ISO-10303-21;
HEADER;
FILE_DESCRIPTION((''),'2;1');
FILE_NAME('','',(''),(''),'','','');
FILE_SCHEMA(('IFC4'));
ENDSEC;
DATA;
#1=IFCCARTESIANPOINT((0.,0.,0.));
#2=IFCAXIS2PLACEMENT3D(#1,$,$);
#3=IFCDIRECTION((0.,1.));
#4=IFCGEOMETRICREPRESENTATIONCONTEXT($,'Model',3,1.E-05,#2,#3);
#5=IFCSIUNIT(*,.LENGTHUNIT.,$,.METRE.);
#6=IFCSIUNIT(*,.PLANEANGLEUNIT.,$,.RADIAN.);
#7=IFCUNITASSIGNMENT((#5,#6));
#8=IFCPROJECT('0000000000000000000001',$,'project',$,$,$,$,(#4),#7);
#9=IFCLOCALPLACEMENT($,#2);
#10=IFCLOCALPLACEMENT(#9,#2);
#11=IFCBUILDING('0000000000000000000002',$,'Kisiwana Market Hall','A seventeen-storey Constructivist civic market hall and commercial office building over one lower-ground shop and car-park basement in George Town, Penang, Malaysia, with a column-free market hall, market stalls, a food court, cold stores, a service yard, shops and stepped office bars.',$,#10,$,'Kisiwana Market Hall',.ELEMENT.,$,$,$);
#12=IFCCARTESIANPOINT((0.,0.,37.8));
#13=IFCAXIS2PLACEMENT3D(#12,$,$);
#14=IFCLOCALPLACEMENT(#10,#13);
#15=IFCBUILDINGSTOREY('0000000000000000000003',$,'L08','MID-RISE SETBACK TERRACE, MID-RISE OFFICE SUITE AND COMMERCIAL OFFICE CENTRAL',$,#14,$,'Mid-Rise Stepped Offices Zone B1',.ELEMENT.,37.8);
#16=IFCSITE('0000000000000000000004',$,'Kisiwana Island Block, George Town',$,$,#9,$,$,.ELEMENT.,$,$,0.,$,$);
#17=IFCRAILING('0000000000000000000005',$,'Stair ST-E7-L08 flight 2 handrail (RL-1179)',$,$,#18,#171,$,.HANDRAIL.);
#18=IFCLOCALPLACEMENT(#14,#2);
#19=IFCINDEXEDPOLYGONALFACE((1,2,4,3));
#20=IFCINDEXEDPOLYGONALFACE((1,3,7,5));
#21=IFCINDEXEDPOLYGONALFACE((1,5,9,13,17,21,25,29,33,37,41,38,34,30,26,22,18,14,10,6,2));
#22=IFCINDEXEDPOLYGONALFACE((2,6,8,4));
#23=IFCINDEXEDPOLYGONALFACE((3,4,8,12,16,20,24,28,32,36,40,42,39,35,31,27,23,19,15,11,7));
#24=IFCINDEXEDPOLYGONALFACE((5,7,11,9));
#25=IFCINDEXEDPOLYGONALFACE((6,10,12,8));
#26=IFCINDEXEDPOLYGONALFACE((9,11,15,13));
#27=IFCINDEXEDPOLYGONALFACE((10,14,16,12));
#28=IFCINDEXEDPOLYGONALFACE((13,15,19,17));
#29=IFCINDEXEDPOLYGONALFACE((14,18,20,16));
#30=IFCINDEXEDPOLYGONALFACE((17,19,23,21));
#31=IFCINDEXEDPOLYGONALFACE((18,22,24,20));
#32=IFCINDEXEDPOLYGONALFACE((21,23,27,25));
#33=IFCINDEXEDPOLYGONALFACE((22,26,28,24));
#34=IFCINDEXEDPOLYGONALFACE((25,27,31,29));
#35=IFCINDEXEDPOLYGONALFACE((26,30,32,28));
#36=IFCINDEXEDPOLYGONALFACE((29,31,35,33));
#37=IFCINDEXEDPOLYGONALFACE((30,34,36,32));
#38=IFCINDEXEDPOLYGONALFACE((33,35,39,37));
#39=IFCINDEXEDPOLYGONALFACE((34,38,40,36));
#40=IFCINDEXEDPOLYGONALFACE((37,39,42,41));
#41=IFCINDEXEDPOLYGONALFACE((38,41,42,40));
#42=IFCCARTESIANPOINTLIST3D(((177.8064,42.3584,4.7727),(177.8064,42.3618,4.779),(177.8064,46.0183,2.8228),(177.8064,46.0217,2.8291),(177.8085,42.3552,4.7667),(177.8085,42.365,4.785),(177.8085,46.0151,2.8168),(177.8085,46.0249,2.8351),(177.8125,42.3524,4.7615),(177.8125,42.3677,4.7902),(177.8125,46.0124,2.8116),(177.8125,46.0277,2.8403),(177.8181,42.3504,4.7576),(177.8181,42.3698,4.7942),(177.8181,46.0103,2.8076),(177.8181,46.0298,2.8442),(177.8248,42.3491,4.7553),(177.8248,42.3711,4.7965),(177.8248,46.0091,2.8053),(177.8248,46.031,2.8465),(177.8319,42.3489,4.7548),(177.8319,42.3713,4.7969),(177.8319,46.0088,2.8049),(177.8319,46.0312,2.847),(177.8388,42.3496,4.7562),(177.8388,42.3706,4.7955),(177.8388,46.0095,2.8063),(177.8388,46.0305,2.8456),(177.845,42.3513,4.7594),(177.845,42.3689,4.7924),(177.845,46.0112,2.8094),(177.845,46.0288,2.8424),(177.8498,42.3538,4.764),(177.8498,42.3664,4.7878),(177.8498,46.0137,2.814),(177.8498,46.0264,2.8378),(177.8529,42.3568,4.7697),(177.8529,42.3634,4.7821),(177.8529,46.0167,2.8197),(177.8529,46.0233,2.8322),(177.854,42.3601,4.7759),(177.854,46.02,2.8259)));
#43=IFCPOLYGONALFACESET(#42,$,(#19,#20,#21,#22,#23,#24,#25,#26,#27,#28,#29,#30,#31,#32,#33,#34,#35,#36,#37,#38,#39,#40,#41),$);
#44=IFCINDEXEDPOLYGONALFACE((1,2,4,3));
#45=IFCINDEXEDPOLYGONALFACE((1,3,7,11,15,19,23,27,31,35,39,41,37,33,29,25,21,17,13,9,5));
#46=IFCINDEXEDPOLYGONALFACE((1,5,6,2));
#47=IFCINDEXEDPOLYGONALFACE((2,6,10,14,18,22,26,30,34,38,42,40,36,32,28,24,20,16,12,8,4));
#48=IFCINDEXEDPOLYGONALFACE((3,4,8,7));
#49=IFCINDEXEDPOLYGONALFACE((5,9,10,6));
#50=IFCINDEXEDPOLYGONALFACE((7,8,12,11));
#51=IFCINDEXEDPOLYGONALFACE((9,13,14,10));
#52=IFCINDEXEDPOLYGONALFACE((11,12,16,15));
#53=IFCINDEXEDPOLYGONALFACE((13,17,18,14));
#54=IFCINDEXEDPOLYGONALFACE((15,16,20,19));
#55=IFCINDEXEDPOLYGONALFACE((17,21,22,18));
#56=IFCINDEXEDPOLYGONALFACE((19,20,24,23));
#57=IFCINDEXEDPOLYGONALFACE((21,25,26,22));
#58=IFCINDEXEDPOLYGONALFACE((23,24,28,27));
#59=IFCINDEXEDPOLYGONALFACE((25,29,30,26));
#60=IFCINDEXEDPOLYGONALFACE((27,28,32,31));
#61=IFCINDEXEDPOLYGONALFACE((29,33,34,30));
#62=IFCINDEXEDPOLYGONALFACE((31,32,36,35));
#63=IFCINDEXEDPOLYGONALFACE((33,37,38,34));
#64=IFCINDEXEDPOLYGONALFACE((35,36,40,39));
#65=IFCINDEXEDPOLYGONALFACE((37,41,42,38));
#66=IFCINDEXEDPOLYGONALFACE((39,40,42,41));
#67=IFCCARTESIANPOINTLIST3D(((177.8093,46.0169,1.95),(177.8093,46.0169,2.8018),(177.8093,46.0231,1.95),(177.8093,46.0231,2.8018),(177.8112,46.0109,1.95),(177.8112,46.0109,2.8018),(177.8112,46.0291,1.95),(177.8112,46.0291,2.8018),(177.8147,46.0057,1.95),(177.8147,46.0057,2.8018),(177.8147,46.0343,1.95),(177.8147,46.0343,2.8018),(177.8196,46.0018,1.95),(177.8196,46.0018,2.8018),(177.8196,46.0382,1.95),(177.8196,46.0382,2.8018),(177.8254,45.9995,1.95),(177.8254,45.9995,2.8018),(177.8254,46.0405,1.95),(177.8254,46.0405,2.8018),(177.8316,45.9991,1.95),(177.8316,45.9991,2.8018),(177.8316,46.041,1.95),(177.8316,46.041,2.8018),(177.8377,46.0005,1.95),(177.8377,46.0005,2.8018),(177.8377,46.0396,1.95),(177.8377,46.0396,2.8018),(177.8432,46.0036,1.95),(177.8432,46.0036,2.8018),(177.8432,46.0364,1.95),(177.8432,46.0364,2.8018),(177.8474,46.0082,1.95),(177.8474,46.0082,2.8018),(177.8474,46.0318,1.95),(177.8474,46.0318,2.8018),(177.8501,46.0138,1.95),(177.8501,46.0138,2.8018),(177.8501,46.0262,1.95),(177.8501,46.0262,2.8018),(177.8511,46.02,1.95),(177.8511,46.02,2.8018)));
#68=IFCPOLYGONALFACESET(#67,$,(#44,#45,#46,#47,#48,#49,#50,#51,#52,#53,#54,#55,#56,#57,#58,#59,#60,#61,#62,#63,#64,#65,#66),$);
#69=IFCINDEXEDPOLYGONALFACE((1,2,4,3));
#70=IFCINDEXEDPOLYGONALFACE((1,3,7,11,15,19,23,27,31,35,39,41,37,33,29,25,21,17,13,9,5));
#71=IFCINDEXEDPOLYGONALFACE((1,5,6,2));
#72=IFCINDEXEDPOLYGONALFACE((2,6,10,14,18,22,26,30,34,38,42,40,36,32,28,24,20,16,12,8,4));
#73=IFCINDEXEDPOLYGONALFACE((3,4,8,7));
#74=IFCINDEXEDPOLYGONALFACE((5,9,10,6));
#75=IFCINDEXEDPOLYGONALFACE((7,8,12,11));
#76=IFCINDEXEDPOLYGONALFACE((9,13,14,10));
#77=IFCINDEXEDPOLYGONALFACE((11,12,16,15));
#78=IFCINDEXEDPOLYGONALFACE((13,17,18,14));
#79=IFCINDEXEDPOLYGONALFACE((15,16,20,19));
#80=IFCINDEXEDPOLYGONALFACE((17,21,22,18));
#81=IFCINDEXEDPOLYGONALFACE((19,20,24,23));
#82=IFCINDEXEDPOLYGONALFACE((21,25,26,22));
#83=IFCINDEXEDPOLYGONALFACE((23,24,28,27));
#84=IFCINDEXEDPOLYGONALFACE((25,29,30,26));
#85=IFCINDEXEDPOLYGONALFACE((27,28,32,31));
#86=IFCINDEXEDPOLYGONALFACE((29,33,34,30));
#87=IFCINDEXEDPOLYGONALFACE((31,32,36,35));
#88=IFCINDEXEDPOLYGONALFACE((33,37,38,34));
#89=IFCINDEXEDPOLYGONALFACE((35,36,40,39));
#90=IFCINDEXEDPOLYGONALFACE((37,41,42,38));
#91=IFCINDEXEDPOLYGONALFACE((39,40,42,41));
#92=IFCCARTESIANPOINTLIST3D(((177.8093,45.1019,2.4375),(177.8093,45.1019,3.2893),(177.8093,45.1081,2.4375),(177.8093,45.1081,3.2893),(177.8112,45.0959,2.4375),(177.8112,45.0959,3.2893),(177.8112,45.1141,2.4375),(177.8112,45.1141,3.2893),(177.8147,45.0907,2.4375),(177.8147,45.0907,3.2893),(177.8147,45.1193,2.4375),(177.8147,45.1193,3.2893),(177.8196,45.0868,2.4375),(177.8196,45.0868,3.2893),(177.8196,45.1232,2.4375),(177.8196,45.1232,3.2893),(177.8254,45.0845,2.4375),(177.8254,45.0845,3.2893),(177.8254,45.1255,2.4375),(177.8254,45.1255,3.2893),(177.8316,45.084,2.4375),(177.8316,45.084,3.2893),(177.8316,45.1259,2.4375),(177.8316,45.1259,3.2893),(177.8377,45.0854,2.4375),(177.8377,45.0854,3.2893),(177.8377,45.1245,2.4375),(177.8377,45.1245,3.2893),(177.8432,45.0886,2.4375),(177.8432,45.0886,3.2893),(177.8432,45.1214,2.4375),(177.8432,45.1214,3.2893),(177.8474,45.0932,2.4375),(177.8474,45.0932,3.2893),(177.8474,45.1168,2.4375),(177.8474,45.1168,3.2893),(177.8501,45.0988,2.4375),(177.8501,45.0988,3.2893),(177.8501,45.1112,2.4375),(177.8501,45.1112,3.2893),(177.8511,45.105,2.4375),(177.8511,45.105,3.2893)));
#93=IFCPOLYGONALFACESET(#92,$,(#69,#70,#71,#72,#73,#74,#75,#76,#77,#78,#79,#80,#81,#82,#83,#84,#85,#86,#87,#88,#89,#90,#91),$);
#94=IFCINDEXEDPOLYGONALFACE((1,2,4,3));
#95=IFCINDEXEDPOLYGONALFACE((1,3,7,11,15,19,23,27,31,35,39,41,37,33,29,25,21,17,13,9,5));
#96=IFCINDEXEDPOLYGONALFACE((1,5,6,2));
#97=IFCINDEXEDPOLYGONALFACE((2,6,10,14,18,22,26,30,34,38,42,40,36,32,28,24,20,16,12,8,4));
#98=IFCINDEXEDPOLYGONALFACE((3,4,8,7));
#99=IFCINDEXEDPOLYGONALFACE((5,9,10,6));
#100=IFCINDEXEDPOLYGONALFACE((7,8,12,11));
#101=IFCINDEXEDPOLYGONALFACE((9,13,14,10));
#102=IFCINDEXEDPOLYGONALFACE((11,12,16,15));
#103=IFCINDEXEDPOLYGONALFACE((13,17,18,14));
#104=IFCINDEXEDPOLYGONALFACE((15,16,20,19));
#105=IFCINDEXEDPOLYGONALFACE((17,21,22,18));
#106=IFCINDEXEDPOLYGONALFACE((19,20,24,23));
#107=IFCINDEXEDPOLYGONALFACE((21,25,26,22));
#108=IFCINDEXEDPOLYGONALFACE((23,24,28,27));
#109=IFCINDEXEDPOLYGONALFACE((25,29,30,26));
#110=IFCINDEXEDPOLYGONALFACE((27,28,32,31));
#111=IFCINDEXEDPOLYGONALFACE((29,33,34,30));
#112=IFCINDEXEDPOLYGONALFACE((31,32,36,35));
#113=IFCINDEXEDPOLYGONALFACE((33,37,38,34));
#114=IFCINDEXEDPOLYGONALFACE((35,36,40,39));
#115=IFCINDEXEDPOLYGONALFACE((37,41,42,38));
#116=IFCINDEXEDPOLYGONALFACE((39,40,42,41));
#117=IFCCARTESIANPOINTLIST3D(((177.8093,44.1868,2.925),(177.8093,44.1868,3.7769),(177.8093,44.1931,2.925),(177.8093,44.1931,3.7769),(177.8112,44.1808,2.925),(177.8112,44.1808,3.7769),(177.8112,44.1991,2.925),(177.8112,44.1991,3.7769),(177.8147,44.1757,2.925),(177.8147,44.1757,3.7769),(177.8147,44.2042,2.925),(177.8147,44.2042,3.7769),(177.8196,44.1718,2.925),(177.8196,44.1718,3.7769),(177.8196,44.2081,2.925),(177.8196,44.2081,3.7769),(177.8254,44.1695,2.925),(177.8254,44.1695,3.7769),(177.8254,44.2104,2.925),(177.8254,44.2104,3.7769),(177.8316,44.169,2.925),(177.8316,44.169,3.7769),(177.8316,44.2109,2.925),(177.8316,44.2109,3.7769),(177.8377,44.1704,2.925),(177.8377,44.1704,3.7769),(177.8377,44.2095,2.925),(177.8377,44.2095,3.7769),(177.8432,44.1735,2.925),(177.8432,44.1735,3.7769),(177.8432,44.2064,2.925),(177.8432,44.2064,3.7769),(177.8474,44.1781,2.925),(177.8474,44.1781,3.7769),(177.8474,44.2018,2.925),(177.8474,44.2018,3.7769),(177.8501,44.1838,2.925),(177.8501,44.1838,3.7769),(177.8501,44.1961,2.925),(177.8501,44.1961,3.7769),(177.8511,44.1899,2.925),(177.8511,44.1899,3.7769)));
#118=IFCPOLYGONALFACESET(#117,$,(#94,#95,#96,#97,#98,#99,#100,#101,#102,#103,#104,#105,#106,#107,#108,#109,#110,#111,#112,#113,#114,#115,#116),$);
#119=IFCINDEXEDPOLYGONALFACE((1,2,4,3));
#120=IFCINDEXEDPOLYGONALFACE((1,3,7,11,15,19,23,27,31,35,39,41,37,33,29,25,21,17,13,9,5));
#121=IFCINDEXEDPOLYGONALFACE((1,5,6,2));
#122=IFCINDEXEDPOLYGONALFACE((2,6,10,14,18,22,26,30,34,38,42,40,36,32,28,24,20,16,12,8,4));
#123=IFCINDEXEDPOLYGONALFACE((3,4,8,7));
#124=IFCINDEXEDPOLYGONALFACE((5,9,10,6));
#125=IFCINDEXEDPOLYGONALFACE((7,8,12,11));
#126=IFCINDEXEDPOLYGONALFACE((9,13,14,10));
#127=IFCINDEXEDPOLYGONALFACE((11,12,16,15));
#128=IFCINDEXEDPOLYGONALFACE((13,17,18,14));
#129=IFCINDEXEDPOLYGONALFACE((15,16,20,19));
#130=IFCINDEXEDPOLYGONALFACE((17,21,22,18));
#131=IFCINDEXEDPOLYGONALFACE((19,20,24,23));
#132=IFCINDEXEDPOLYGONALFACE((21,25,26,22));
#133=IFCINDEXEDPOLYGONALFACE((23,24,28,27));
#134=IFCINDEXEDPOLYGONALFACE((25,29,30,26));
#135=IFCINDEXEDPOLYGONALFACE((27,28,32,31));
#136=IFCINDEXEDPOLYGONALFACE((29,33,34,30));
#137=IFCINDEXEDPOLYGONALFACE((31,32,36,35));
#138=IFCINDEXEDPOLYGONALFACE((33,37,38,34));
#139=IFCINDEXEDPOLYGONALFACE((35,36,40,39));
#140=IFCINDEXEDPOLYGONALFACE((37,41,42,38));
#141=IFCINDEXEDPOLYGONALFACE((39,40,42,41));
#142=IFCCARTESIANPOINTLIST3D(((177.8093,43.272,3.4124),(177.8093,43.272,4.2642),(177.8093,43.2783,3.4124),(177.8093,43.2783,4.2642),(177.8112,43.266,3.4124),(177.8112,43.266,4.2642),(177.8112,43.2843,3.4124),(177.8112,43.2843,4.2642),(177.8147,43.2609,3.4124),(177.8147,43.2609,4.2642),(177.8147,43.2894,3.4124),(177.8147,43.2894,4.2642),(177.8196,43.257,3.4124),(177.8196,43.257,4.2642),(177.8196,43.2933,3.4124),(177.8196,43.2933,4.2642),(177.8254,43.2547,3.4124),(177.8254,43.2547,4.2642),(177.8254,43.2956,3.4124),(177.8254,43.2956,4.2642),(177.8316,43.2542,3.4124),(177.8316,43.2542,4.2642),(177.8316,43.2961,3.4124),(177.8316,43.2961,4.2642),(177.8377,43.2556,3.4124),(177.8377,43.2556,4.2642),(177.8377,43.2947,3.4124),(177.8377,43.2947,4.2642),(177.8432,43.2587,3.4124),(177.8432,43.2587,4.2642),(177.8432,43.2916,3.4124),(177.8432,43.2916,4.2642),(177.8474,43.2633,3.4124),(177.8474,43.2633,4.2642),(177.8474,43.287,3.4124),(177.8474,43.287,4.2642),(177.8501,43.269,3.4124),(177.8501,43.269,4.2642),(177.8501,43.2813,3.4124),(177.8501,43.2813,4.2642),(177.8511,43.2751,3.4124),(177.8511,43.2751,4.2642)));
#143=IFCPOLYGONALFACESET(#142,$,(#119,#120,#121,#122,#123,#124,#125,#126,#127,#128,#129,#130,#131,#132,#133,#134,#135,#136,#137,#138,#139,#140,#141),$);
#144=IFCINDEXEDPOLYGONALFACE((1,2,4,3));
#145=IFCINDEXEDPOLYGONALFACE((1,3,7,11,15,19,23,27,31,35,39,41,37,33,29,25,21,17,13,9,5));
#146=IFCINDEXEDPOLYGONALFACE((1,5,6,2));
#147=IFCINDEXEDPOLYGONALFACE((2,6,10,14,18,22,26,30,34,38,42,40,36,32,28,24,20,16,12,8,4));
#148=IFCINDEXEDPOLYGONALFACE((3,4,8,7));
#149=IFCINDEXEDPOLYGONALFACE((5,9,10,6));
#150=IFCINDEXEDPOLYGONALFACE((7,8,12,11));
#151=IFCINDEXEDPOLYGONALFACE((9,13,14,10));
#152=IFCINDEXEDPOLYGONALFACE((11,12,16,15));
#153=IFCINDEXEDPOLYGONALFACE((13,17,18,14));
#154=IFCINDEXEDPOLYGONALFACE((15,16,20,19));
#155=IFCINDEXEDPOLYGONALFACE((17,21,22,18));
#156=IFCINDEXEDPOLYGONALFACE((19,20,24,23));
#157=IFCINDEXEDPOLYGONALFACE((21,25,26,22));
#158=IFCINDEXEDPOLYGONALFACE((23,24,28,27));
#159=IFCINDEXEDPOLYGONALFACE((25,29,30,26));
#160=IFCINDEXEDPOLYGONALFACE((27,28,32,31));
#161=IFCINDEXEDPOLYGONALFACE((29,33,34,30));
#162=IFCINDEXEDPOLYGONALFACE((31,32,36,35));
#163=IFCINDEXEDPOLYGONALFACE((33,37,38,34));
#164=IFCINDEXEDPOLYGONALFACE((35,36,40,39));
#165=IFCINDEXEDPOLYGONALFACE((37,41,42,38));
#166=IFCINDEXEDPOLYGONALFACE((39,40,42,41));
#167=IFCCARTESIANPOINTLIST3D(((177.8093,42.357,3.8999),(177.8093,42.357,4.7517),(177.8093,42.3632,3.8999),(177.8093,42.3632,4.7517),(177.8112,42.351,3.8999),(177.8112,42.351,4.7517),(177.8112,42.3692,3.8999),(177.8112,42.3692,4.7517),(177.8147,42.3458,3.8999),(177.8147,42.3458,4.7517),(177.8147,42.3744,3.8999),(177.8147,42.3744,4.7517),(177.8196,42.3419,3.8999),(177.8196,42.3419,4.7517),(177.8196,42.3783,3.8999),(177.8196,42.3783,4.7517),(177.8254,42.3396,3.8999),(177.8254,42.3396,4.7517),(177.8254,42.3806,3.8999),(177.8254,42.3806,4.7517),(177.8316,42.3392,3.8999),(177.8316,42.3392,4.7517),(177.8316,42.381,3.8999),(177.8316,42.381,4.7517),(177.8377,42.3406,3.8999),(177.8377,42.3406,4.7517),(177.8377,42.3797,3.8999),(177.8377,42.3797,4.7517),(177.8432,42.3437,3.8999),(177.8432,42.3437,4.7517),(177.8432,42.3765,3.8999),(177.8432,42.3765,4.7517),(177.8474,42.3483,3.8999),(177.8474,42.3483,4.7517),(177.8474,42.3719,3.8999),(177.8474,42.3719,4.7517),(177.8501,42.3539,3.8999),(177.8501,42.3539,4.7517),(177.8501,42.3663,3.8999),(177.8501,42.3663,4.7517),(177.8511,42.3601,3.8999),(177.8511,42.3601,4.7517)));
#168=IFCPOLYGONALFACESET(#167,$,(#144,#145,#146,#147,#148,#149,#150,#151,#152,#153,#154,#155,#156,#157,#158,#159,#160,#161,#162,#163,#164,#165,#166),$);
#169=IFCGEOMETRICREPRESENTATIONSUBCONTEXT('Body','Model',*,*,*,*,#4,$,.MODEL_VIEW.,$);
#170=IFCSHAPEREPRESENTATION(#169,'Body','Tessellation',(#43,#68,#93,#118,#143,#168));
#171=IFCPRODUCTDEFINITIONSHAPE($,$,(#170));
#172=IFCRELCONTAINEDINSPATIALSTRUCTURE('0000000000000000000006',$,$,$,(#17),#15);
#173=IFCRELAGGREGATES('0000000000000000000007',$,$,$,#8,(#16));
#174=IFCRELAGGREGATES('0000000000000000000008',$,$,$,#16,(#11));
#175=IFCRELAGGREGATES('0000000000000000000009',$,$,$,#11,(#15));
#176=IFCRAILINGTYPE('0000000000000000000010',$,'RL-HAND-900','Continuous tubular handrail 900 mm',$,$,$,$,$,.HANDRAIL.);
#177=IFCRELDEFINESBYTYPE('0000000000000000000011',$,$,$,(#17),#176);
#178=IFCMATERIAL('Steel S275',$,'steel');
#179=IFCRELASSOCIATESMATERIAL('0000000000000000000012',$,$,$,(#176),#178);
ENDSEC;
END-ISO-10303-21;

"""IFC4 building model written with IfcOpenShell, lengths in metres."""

from ifc_helpers import new_model, si_unit, direction, frame, origin, origin_2d, place, context, subcontext, project, spatial, circle, extrude, material, type_object, element, save


model = new_model("IFC4")

# Units and contexts
model_context = context("Model", 3, precision=1e-05, world=origin(), true_north=direction((0.0, 1.0)))
body_context = subcontext(model_context, "Body", "Model", "MODEL_VIEW")
ifc_project = project(units=[si_unit("LENGTHUNIT", "METRE"), si_unit("PLANEANGLEUNIT", "RADIAN")], contexts=[model_context])

# Site, building, storey
site_placement = place(None, origin())
site = spatial("IfcSite", under=ifc_project, at=site_placement, Name="Kisiwana Island Block, George Town", CompositionType="ELEMENT", RefElevation=0.0)
building_placement = place(site_placement, origin())
building = spatial("IfcBuilding", under=site, at=building_placement, Name="Kisiwana Market Hall", Description="A seventeen-storey Constructivist civic market hall and commercial office building over one lower-ground shop and car-park basement in George Town, Penang, Malaysia, with a column-free market hall, market stalls, a food court, cold stores, a service yard, shops and stepped office bars.", LongName="Kisiwana Market Hall", CompositionType="ELEMENT")
storey_placement = place(building_placement, frame((0.0, 0.0, 37.8)))
storey = spatial("IfcBuildingStorey", under=building, at=storey_placement, Name="L08", Description="MID-RISE SETBACK TERRACE, MID-RISE OFFICE SUITE AND COMMERCIAL OFFICE CENTRAL", LongName="Mid-Rise Stepped Offices Zone B1", CompositionType="ELEMENT", Elevation=37.8)

# Railing
ifc_material_1 = material(Name="Steel S275", Category="steel")
railing_type_1 = type_object("IfcRailingType", Name="RL-HAND-900", Description="Continuous tubular handrail 900 mm", PredefinedType="HANDRAIL", material=ifc_material_1)
railing_1_placement = place(storey_placement, frame((177.8301, 46.02, 1.95)))
element("IfcRailing", 1, at=railing_1_placement, inside=storey, type_object=railing_type_1, Name="Stair ST-E7-L08 flight 2 handrail (RL-1179)", PredefinedType="HANDRAIL", context=body_context, shape_type="SweptSolid", body=[
    extrude(circle(Radius=0.0239, at=origin_2d()), frame((0.0, 0.0, 0.876), z_axis=(0.0, -0.882553, 0.470212), x_axis=(1.0, 0.0, 0.0)), (0.0, 0.0, 1.0), 4.147),
    extrude(circle(Radius=0.021, at=origin_2d()), origin(), (0.0, 0.0, 1.0), 0.8518),
    extrude(circle(Radius=0.021, at=origin_2d()), frame((0.0, -0.915, 0.4875)), (0.0, 0.0, 1.0), 0.8518),
    extrude(circle(Radius=0.021, at=origin_2d()), frame((0.0, -1.8301, 0.9751)), (0.0, 0.0, 1.0), 0.8518),
    extrude(circle(Radius=0.021, at=origin_2d()), frame((0.0, -2.7449, 1.4624)), (0.0, 0.0, 1.0), 0.8518),
    extrude(circle(Radius=0.021, at=origin_2d()), frame((0.0, -3.6599, 1.95)), (0.0, 0.0, 1.0), 0.8518),
])

save(model, "model.ifc")
